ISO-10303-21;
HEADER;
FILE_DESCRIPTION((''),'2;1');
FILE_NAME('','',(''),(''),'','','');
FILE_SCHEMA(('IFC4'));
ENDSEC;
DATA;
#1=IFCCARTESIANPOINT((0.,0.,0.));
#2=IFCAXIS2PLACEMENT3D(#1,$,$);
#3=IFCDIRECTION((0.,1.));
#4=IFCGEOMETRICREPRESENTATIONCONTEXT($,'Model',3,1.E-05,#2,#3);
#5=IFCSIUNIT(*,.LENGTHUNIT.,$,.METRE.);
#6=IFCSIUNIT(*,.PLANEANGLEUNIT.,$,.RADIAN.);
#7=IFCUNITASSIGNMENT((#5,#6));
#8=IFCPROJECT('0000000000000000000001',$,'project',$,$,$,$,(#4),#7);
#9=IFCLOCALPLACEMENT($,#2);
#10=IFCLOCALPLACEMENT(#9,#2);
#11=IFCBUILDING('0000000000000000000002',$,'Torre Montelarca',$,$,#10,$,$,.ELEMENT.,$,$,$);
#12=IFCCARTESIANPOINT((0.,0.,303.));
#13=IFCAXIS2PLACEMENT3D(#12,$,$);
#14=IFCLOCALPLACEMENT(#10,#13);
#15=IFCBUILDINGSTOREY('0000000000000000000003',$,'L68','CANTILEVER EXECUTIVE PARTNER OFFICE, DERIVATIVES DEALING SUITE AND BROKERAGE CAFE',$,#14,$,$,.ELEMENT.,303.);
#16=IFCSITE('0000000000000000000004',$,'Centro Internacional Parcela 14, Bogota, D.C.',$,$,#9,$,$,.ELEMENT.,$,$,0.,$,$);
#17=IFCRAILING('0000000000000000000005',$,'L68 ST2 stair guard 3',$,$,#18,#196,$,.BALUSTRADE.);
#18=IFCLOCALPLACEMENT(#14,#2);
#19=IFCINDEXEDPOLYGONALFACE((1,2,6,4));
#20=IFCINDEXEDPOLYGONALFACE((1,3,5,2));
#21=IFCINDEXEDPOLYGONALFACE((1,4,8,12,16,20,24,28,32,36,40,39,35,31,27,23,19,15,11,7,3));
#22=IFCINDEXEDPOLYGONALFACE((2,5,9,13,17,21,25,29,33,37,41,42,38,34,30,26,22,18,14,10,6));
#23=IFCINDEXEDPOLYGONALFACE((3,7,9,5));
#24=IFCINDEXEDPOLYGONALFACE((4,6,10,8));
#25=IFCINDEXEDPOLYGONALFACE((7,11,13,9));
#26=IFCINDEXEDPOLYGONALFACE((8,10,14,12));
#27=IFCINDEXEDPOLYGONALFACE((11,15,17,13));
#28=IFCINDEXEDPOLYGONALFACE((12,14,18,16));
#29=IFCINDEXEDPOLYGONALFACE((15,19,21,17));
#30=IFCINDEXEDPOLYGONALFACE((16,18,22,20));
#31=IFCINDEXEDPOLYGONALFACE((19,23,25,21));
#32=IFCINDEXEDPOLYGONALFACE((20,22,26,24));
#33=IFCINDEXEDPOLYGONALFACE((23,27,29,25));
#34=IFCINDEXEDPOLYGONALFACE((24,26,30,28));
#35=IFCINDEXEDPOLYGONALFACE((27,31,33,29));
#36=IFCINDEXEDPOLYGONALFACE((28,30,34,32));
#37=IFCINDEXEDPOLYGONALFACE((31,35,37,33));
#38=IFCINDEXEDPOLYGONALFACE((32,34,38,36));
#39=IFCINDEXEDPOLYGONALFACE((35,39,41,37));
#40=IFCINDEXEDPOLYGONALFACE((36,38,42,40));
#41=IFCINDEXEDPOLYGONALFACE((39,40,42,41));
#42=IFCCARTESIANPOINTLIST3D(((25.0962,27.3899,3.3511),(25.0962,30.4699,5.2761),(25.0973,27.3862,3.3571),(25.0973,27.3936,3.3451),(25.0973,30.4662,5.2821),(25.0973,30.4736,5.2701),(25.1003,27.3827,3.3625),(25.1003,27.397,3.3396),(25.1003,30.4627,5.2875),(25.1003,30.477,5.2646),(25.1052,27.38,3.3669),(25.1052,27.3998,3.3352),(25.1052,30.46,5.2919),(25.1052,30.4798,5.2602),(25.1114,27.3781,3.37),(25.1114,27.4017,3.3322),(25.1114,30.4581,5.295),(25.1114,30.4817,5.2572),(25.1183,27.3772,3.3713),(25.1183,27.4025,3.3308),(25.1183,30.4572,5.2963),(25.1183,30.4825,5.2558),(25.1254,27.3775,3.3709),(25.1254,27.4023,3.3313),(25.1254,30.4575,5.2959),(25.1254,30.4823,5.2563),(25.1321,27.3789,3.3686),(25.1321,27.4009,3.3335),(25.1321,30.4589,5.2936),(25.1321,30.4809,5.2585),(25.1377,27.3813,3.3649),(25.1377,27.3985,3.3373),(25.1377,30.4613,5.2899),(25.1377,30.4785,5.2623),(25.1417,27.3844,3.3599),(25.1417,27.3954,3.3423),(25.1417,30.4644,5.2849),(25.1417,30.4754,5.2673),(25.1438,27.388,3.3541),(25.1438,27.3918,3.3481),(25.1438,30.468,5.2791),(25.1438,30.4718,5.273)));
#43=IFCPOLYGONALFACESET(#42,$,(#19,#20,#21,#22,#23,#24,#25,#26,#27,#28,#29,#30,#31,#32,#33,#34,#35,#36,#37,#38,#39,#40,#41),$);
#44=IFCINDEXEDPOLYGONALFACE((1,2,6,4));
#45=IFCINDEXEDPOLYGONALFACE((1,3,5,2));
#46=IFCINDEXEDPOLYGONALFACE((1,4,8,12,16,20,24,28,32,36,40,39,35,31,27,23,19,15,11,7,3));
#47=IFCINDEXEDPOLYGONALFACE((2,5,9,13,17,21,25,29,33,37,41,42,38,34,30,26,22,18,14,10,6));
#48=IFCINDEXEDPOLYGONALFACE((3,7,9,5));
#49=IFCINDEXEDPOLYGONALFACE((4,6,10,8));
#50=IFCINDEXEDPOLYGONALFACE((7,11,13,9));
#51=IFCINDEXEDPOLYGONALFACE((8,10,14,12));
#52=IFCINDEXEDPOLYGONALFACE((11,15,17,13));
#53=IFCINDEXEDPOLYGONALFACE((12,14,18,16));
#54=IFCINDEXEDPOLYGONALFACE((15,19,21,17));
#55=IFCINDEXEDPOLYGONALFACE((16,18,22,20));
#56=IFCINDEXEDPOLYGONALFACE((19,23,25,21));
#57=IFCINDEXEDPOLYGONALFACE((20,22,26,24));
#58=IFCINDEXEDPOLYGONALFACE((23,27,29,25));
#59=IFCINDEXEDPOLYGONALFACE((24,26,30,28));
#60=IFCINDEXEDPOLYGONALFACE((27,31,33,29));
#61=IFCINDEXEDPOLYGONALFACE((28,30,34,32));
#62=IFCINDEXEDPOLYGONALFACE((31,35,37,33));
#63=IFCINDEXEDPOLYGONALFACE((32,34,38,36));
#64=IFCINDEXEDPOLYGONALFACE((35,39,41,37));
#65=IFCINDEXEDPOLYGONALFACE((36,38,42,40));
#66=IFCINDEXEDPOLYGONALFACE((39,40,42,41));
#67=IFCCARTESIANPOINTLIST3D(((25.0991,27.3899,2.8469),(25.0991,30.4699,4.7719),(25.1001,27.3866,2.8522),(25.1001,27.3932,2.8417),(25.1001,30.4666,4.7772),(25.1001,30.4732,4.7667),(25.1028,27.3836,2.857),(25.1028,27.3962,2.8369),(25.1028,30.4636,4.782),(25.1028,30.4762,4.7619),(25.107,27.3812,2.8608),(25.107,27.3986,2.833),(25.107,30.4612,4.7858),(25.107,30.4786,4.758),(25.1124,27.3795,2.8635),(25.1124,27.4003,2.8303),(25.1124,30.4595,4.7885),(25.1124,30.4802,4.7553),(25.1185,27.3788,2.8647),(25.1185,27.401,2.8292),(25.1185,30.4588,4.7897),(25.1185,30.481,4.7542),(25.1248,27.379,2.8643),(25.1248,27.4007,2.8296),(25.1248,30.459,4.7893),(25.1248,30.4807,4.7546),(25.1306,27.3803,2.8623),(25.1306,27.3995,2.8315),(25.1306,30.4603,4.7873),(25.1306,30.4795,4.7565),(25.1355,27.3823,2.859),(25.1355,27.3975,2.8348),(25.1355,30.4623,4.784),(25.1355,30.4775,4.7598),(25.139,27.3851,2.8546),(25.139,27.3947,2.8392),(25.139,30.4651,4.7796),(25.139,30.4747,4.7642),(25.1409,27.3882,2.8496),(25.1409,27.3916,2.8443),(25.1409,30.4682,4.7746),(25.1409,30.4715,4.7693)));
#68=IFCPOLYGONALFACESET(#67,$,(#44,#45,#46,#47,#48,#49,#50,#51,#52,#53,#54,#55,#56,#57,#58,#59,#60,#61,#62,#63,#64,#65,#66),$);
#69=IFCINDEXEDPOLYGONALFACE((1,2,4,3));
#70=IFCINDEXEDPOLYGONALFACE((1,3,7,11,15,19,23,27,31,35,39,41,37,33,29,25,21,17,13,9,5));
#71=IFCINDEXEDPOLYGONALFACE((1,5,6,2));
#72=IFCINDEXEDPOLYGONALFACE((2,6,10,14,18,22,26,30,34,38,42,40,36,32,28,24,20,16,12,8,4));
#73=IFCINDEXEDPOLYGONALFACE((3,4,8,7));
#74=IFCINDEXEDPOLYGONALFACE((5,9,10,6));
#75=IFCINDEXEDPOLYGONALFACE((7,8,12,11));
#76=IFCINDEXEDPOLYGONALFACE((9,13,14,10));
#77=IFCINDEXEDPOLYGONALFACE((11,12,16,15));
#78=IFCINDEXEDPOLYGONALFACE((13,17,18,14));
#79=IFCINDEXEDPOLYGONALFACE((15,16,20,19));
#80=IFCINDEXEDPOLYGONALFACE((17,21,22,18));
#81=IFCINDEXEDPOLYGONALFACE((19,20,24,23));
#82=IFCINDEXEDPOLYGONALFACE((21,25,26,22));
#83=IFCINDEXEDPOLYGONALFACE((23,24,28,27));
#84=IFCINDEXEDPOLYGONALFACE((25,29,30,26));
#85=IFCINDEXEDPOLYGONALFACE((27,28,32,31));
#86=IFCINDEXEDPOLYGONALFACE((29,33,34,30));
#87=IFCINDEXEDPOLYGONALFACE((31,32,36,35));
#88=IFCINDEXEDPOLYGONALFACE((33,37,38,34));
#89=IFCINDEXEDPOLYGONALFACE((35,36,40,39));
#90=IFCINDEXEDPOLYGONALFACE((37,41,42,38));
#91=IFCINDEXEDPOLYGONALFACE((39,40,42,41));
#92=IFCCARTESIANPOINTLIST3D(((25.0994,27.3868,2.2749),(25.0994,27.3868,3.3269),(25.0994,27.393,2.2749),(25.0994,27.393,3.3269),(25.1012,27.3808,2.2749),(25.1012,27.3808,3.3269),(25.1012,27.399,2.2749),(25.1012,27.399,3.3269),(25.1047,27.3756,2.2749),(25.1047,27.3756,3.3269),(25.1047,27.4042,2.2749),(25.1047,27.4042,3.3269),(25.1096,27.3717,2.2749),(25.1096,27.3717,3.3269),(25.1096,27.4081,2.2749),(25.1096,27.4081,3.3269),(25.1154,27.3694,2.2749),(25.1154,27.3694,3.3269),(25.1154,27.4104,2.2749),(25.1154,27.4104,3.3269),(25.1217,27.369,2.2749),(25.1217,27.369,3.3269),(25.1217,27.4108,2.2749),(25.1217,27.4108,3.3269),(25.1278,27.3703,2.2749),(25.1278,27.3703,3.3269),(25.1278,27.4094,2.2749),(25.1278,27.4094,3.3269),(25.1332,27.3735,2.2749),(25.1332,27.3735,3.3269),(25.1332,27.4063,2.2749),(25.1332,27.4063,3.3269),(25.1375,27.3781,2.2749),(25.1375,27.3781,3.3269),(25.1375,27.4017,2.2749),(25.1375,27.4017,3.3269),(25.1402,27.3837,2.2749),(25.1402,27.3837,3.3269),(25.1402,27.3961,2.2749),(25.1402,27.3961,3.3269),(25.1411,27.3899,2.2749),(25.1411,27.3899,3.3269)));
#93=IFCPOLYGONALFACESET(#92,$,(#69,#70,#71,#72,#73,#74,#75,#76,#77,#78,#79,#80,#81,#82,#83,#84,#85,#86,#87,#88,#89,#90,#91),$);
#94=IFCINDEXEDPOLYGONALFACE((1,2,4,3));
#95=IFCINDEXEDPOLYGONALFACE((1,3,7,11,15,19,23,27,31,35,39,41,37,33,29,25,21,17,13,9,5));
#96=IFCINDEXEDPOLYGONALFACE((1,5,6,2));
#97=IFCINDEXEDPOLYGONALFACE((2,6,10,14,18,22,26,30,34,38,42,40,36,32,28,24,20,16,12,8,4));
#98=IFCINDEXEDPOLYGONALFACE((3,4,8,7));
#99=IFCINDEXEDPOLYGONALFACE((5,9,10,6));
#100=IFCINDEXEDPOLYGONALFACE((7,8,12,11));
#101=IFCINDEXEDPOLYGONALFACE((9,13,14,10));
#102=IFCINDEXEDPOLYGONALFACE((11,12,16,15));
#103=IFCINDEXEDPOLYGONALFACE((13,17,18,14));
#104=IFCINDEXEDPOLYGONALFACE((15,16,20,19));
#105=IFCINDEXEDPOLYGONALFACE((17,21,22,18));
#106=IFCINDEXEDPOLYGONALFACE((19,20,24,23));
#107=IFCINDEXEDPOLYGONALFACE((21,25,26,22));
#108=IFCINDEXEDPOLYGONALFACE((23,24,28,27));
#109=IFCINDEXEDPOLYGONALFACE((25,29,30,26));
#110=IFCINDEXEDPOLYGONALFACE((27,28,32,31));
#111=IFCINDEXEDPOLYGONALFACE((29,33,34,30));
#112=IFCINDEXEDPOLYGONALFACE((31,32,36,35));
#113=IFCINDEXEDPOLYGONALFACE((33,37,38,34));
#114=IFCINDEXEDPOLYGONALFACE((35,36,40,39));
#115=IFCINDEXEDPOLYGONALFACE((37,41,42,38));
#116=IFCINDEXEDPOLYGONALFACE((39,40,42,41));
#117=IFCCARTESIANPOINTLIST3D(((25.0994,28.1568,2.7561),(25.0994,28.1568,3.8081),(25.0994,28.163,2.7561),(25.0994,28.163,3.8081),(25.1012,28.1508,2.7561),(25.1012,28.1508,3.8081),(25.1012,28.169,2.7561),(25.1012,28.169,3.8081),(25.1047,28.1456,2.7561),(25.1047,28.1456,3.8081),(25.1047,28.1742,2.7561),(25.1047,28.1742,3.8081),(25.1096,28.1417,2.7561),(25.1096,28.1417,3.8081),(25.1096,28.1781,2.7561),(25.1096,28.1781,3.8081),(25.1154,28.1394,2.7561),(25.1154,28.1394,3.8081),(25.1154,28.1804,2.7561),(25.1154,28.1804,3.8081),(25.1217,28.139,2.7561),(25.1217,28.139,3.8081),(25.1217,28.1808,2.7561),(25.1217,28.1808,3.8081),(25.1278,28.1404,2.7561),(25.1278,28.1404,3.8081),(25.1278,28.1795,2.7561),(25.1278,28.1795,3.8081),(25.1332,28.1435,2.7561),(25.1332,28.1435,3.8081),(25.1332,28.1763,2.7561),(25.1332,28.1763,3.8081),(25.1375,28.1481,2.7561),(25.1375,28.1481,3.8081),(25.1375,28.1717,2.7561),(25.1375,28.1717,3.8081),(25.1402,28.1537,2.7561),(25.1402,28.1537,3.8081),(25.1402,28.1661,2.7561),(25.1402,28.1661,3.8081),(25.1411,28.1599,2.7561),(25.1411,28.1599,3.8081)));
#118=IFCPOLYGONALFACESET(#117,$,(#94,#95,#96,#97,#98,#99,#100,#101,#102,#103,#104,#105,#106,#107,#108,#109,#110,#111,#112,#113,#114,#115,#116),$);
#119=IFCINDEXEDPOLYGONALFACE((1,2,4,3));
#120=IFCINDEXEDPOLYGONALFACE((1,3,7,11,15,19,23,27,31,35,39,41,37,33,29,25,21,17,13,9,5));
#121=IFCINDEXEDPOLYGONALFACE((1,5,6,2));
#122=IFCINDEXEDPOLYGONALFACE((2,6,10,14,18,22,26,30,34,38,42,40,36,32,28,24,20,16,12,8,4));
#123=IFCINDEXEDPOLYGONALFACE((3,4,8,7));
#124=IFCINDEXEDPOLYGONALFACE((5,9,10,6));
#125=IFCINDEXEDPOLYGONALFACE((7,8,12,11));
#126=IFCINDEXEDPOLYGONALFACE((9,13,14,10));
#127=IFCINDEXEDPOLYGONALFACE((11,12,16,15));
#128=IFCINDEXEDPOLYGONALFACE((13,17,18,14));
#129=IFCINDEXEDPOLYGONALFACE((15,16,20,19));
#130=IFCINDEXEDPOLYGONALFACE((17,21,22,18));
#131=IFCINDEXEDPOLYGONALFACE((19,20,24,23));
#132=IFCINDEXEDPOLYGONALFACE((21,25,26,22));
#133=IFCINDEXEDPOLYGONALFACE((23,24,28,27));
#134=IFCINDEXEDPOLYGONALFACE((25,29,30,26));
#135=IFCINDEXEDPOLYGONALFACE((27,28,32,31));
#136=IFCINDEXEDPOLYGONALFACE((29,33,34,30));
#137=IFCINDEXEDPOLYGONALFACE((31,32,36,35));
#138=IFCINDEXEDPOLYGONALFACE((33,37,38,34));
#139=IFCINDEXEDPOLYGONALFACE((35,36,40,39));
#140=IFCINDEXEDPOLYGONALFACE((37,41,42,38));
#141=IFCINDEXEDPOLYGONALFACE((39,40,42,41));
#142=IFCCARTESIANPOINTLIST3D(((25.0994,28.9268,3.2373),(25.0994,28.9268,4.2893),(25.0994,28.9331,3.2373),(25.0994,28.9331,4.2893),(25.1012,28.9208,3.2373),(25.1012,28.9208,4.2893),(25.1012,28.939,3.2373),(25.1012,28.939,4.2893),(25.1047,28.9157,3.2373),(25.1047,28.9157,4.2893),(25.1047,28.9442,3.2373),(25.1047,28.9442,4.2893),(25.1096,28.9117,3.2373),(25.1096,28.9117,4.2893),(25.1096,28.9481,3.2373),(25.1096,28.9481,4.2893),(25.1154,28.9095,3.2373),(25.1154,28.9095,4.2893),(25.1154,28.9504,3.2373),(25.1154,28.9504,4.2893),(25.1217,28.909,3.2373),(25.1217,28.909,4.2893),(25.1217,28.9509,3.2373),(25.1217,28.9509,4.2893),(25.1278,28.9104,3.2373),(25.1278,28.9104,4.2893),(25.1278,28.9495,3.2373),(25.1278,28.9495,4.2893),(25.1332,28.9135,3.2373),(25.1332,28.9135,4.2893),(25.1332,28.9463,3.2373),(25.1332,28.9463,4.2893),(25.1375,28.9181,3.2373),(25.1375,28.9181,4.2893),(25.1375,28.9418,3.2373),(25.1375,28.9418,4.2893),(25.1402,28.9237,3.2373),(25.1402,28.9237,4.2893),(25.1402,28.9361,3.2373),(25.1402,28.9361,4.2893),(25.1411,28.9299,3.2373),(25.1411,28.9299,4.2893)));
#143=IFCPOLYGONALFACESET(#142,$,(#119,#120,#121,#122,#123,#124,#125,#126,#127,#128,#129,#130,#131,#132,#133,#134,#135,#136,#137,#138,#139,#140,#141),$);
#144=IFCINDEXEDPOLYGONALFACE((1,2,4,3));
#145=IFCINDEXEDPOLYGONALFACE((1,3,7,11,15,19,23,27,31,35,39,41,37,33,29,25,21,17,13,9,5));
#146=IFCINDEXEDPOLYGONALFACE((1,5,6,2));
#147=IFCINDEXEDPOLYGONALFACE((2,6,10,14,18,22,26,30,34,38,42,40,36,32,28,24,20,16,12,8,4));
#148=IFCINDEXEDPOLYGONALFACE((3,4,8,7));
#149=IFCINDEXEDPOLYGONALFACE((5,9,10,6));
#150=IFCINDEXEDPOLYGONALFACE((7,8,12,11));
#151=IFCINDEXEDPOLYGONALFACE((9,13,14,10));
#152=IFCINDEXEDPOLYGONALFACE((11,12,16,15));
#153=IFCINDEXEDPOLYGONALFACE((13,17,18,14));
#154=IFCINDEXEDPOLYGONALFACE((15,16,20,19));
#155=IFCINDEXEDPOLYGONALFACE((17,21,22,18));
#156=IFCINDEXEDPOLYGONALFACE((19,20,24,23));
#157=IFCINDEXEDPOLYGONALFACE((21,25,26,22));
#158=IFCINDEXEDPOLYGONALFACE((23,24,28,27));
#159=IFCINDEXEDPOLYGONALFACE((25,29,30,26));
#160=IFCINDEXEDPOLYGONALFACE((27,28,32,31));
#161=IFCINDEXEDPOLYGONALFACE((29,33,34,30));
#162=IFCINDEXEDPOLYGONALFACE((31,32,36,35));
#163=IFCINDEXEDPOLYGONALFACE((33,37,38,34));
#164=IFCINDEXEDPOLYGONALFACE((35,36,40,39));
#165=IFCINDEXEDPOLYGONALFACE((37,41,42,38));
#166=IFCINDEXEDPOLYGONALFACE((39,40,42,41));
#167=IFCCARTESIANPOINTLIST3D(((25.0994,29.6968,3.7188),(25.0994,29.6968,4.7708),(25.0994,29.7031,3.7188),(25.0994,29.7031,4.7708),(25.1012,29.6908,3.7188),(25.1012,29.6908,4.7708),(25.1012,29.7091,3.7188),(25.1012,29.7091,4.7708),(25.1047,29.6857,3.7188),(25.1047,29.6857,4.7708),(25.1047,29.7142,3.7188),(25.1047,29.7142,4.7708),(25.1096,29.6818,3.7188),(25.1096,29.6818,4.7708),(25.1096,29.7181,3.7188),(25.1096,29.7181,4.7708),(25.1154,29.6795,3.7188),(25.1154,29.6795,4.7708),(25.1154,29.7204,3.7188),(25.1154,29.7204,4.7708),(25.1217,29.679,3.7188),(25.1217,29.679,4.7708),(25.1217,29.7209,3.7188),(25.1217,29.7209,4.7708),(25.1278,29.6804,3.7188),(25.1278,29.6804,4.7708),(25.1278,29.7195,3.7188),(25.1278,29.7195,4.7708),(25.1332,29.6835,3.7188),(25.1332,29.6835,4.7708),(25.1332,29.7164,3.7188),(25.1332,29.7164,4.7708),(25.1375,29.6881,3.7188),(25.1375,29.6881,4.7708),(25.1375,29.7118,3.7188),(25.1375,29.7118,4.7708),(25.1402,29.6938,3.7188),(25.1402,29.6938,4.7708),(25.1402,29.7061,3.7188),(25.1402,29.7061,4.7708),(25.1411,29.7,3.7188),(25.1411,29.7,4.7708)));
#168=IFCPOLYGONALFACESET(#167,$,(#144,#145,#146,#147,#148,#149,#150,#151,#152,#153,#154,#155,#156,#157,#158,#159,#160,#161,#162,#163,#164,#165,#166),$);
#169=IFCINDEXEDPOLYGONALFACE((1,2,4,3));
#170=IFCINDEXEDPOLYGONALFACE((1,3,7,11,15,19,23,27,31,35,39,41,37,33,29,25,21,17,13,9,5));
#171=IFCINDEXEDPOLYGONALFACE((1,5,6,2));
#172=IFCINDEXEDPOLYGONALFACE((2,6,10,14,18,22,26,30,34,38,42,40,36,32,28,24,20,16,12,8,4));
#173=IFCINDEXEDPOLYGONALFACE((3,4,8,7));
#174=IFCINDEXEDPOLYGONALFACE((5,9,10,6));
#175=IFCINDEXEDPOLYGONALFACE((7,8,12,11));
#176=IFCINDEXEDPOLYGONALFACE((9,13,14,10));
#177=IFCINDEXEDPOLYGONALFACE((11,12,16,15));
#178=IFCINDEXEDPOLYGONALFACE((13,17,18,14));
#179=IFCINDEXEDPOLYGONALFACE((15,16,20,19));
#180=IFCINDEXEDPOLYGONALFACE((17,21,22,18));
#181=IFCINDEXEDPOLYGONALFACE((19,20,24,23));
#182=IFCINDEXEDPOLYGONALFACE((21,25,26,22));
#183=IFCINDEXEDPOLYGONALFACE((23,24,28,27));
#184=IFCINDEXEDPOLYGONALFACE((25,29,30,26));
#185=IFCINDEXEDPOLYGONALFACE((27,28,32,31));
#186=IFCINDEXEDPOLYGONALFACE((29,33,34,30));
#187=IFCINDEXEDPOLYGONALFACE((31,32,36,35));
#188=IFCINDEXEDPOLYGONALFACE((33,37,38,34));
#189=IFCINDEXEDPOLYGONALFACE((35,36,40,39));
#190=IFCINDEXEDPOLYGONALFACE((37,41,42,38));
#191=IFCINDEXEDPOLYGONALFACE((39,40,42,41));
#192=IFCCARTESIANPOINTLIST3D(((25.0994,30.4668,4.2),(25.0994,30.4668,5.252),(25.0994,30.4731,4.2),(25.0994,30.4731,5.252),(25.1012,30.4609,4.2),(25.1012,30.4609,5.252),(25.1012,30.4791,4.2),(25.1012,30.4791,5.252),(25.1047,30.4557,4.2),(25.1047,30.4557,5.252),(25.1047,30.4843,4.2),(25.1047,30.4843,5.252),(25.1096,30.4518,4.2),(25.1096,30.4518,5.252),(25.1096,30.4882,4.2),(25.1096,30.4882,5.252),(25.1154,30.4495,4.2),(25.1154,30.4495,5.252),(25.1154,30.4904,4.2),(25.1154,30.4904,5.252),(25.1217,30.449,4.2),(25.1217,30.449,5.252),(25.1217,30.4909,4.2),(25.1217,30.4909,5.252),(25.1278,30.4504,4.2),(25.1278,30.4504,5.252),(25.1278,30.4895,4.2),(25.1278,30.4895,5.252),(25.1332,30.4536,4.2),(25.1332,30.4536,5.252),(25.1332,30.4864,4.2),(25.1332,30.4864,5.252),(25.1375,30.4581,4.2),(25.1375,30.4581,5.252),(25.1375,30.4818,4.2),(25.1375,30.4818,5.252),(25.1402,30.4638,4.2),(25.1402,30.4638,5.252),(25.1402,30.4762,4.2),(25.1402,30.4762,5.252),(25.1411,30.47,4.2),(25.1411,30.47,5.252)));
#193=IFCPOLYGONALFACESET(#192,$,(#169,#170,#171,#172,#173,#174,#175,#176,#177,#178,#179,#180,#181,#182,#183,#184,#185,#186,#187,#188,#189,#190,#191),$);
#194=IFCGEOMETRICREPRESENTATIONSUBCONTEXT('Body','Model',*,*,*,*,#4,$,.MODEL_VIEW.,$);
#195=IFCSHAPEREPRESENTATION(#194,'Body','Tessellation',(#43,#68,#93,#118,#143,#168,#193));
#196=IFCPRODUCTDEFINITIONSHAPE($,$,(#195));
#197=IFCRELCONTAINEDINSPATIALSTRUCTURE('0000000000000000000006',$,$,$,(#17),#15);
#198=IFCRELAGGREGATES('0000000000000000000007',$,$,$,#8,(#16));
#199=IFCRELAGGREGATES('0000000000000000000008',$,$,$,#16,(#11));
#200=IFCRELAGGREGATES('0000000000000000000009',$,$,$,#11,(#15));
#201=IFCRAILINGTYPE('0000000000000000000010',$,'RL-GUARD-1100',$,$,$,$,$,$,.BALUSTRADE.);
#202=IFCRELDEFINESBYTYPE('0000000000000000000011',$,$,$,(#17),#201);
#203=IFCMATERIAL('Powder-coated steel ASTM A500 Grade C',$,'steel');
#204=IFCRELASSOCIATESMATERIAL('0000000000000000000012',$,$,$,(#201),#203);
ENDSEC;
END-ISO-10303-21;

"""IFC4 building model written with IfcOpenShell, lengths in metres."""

from ifc_helpers import new_model, si_unit, direction, frame, origin, origin_2d, place, context, subcontext, project, spatial, circle, extrude, material, type_object, element, save


model = new_model("IFC4")

# Units and contexts
model_context = context("Model", 3, precision=1e-05, world=origin(), true_north=direction((0.0, 1.0)))
body_context = subcontext(model_context, "Body", "Model", "MODEL_VIEW")
ifc_project = project(units=[si_unit("LENGTHUNIT", "METRE"), si_unit("PLANEANGLEUNIT", "RADIAN")], contexts=[model_context])

# Site, building, storey
site_placement = place(None, origin())
site = spatial("IfcSite", under=ifc_project, at=site_placement, Name="Centro Internacional Parcela 14, Bogota, D.C.", CompositionType="ELEMENT", RefElevation=0.0)
building_placement = place(site_placement, origin())
building = spatial("IfcBuilding", under=site, at=building_placement, Name="Torre Montelarca", CompositionType="ELEMENT")
storey_placement = place(building_placement, frame((0.0, 0.0, 303.0)))
storey = spatial("IfcBuildingStorey", under=building, at=storey_placement, Name="L68", Description="CANTILEVER EXECUTIVE PARTNER OFFICE, DERIVATIVES DEALING SUITE AND BROKERAGE CAFE", CompositionType="ELEMENT", Elevation=303.0)

# Railing
ifc_material_1 = material(Name="Powder-coated steel ASTM A500 Grade C", Category="steel")
railing_type_1 = type_object("IfcRailingType", Name="RL-GUARD-1100", PredefinedType="BALUSTRADE", material=ifc_material_1)
railing_1_placement = place(storey_placement, frame((25.1201, 27.3899, 2.2749)))
element("IfcRailing", 1, at=railing_1_placement, inside=storey, type_object=railing_type_1, Name="L68 ST2 stair guard 3", PredefinedType="BALUSTRADE", context=body_context, shape_type="SweptSolid", body=[
    extrude(circle(Radius=0.0239, at=origin_2d()), frame((0.0, 0.0, 1.0762), z_axis=(0.0, 0.847998, 0.529999), x_axis=(-1.0, 0.0, 0.0)), (0.0, 0.0, 1.0), 3.6321),
    extrude(circle(Radius=0.021, at=origin_2d()), frame((0.0, 0.0, 0.572), z_axis=(0.0, 0.847998, 0.529999), x_axis=(-1.0, 0.0, 0.0)), (0.0, 0.0, 1.0), 3.6321),
    extrude(circle(Radius=0.021, at=origin_2d()), origin(), (0.0, 0.0, 1.0), 1.052),
    extrude(circle(Radius=0.021, at=origin_2d()), frame((0.0, 0.77, 0.4812)), (0.0, 0.0, 1.0), 1.052),
    extrude(circle(Radius=0.021, at=origin_2d()), frame((0.0, 1.54, 0.9624)), (0.0, 0.0, 1.0), 1.052),
    extrude(circle(Radius=0.021, at=origin_2d()), frame((0.0, 2.3101, 1.4438)), (0.0, 0.0, 1.0), 1.052),
    extrude(circle(Radius=0.021, at=origin_2d()), frame((0.0, 3.0801, 1.925)), (0.0, 0.0, 1.0), 1.052),
])

save(model, "model.ifc")
